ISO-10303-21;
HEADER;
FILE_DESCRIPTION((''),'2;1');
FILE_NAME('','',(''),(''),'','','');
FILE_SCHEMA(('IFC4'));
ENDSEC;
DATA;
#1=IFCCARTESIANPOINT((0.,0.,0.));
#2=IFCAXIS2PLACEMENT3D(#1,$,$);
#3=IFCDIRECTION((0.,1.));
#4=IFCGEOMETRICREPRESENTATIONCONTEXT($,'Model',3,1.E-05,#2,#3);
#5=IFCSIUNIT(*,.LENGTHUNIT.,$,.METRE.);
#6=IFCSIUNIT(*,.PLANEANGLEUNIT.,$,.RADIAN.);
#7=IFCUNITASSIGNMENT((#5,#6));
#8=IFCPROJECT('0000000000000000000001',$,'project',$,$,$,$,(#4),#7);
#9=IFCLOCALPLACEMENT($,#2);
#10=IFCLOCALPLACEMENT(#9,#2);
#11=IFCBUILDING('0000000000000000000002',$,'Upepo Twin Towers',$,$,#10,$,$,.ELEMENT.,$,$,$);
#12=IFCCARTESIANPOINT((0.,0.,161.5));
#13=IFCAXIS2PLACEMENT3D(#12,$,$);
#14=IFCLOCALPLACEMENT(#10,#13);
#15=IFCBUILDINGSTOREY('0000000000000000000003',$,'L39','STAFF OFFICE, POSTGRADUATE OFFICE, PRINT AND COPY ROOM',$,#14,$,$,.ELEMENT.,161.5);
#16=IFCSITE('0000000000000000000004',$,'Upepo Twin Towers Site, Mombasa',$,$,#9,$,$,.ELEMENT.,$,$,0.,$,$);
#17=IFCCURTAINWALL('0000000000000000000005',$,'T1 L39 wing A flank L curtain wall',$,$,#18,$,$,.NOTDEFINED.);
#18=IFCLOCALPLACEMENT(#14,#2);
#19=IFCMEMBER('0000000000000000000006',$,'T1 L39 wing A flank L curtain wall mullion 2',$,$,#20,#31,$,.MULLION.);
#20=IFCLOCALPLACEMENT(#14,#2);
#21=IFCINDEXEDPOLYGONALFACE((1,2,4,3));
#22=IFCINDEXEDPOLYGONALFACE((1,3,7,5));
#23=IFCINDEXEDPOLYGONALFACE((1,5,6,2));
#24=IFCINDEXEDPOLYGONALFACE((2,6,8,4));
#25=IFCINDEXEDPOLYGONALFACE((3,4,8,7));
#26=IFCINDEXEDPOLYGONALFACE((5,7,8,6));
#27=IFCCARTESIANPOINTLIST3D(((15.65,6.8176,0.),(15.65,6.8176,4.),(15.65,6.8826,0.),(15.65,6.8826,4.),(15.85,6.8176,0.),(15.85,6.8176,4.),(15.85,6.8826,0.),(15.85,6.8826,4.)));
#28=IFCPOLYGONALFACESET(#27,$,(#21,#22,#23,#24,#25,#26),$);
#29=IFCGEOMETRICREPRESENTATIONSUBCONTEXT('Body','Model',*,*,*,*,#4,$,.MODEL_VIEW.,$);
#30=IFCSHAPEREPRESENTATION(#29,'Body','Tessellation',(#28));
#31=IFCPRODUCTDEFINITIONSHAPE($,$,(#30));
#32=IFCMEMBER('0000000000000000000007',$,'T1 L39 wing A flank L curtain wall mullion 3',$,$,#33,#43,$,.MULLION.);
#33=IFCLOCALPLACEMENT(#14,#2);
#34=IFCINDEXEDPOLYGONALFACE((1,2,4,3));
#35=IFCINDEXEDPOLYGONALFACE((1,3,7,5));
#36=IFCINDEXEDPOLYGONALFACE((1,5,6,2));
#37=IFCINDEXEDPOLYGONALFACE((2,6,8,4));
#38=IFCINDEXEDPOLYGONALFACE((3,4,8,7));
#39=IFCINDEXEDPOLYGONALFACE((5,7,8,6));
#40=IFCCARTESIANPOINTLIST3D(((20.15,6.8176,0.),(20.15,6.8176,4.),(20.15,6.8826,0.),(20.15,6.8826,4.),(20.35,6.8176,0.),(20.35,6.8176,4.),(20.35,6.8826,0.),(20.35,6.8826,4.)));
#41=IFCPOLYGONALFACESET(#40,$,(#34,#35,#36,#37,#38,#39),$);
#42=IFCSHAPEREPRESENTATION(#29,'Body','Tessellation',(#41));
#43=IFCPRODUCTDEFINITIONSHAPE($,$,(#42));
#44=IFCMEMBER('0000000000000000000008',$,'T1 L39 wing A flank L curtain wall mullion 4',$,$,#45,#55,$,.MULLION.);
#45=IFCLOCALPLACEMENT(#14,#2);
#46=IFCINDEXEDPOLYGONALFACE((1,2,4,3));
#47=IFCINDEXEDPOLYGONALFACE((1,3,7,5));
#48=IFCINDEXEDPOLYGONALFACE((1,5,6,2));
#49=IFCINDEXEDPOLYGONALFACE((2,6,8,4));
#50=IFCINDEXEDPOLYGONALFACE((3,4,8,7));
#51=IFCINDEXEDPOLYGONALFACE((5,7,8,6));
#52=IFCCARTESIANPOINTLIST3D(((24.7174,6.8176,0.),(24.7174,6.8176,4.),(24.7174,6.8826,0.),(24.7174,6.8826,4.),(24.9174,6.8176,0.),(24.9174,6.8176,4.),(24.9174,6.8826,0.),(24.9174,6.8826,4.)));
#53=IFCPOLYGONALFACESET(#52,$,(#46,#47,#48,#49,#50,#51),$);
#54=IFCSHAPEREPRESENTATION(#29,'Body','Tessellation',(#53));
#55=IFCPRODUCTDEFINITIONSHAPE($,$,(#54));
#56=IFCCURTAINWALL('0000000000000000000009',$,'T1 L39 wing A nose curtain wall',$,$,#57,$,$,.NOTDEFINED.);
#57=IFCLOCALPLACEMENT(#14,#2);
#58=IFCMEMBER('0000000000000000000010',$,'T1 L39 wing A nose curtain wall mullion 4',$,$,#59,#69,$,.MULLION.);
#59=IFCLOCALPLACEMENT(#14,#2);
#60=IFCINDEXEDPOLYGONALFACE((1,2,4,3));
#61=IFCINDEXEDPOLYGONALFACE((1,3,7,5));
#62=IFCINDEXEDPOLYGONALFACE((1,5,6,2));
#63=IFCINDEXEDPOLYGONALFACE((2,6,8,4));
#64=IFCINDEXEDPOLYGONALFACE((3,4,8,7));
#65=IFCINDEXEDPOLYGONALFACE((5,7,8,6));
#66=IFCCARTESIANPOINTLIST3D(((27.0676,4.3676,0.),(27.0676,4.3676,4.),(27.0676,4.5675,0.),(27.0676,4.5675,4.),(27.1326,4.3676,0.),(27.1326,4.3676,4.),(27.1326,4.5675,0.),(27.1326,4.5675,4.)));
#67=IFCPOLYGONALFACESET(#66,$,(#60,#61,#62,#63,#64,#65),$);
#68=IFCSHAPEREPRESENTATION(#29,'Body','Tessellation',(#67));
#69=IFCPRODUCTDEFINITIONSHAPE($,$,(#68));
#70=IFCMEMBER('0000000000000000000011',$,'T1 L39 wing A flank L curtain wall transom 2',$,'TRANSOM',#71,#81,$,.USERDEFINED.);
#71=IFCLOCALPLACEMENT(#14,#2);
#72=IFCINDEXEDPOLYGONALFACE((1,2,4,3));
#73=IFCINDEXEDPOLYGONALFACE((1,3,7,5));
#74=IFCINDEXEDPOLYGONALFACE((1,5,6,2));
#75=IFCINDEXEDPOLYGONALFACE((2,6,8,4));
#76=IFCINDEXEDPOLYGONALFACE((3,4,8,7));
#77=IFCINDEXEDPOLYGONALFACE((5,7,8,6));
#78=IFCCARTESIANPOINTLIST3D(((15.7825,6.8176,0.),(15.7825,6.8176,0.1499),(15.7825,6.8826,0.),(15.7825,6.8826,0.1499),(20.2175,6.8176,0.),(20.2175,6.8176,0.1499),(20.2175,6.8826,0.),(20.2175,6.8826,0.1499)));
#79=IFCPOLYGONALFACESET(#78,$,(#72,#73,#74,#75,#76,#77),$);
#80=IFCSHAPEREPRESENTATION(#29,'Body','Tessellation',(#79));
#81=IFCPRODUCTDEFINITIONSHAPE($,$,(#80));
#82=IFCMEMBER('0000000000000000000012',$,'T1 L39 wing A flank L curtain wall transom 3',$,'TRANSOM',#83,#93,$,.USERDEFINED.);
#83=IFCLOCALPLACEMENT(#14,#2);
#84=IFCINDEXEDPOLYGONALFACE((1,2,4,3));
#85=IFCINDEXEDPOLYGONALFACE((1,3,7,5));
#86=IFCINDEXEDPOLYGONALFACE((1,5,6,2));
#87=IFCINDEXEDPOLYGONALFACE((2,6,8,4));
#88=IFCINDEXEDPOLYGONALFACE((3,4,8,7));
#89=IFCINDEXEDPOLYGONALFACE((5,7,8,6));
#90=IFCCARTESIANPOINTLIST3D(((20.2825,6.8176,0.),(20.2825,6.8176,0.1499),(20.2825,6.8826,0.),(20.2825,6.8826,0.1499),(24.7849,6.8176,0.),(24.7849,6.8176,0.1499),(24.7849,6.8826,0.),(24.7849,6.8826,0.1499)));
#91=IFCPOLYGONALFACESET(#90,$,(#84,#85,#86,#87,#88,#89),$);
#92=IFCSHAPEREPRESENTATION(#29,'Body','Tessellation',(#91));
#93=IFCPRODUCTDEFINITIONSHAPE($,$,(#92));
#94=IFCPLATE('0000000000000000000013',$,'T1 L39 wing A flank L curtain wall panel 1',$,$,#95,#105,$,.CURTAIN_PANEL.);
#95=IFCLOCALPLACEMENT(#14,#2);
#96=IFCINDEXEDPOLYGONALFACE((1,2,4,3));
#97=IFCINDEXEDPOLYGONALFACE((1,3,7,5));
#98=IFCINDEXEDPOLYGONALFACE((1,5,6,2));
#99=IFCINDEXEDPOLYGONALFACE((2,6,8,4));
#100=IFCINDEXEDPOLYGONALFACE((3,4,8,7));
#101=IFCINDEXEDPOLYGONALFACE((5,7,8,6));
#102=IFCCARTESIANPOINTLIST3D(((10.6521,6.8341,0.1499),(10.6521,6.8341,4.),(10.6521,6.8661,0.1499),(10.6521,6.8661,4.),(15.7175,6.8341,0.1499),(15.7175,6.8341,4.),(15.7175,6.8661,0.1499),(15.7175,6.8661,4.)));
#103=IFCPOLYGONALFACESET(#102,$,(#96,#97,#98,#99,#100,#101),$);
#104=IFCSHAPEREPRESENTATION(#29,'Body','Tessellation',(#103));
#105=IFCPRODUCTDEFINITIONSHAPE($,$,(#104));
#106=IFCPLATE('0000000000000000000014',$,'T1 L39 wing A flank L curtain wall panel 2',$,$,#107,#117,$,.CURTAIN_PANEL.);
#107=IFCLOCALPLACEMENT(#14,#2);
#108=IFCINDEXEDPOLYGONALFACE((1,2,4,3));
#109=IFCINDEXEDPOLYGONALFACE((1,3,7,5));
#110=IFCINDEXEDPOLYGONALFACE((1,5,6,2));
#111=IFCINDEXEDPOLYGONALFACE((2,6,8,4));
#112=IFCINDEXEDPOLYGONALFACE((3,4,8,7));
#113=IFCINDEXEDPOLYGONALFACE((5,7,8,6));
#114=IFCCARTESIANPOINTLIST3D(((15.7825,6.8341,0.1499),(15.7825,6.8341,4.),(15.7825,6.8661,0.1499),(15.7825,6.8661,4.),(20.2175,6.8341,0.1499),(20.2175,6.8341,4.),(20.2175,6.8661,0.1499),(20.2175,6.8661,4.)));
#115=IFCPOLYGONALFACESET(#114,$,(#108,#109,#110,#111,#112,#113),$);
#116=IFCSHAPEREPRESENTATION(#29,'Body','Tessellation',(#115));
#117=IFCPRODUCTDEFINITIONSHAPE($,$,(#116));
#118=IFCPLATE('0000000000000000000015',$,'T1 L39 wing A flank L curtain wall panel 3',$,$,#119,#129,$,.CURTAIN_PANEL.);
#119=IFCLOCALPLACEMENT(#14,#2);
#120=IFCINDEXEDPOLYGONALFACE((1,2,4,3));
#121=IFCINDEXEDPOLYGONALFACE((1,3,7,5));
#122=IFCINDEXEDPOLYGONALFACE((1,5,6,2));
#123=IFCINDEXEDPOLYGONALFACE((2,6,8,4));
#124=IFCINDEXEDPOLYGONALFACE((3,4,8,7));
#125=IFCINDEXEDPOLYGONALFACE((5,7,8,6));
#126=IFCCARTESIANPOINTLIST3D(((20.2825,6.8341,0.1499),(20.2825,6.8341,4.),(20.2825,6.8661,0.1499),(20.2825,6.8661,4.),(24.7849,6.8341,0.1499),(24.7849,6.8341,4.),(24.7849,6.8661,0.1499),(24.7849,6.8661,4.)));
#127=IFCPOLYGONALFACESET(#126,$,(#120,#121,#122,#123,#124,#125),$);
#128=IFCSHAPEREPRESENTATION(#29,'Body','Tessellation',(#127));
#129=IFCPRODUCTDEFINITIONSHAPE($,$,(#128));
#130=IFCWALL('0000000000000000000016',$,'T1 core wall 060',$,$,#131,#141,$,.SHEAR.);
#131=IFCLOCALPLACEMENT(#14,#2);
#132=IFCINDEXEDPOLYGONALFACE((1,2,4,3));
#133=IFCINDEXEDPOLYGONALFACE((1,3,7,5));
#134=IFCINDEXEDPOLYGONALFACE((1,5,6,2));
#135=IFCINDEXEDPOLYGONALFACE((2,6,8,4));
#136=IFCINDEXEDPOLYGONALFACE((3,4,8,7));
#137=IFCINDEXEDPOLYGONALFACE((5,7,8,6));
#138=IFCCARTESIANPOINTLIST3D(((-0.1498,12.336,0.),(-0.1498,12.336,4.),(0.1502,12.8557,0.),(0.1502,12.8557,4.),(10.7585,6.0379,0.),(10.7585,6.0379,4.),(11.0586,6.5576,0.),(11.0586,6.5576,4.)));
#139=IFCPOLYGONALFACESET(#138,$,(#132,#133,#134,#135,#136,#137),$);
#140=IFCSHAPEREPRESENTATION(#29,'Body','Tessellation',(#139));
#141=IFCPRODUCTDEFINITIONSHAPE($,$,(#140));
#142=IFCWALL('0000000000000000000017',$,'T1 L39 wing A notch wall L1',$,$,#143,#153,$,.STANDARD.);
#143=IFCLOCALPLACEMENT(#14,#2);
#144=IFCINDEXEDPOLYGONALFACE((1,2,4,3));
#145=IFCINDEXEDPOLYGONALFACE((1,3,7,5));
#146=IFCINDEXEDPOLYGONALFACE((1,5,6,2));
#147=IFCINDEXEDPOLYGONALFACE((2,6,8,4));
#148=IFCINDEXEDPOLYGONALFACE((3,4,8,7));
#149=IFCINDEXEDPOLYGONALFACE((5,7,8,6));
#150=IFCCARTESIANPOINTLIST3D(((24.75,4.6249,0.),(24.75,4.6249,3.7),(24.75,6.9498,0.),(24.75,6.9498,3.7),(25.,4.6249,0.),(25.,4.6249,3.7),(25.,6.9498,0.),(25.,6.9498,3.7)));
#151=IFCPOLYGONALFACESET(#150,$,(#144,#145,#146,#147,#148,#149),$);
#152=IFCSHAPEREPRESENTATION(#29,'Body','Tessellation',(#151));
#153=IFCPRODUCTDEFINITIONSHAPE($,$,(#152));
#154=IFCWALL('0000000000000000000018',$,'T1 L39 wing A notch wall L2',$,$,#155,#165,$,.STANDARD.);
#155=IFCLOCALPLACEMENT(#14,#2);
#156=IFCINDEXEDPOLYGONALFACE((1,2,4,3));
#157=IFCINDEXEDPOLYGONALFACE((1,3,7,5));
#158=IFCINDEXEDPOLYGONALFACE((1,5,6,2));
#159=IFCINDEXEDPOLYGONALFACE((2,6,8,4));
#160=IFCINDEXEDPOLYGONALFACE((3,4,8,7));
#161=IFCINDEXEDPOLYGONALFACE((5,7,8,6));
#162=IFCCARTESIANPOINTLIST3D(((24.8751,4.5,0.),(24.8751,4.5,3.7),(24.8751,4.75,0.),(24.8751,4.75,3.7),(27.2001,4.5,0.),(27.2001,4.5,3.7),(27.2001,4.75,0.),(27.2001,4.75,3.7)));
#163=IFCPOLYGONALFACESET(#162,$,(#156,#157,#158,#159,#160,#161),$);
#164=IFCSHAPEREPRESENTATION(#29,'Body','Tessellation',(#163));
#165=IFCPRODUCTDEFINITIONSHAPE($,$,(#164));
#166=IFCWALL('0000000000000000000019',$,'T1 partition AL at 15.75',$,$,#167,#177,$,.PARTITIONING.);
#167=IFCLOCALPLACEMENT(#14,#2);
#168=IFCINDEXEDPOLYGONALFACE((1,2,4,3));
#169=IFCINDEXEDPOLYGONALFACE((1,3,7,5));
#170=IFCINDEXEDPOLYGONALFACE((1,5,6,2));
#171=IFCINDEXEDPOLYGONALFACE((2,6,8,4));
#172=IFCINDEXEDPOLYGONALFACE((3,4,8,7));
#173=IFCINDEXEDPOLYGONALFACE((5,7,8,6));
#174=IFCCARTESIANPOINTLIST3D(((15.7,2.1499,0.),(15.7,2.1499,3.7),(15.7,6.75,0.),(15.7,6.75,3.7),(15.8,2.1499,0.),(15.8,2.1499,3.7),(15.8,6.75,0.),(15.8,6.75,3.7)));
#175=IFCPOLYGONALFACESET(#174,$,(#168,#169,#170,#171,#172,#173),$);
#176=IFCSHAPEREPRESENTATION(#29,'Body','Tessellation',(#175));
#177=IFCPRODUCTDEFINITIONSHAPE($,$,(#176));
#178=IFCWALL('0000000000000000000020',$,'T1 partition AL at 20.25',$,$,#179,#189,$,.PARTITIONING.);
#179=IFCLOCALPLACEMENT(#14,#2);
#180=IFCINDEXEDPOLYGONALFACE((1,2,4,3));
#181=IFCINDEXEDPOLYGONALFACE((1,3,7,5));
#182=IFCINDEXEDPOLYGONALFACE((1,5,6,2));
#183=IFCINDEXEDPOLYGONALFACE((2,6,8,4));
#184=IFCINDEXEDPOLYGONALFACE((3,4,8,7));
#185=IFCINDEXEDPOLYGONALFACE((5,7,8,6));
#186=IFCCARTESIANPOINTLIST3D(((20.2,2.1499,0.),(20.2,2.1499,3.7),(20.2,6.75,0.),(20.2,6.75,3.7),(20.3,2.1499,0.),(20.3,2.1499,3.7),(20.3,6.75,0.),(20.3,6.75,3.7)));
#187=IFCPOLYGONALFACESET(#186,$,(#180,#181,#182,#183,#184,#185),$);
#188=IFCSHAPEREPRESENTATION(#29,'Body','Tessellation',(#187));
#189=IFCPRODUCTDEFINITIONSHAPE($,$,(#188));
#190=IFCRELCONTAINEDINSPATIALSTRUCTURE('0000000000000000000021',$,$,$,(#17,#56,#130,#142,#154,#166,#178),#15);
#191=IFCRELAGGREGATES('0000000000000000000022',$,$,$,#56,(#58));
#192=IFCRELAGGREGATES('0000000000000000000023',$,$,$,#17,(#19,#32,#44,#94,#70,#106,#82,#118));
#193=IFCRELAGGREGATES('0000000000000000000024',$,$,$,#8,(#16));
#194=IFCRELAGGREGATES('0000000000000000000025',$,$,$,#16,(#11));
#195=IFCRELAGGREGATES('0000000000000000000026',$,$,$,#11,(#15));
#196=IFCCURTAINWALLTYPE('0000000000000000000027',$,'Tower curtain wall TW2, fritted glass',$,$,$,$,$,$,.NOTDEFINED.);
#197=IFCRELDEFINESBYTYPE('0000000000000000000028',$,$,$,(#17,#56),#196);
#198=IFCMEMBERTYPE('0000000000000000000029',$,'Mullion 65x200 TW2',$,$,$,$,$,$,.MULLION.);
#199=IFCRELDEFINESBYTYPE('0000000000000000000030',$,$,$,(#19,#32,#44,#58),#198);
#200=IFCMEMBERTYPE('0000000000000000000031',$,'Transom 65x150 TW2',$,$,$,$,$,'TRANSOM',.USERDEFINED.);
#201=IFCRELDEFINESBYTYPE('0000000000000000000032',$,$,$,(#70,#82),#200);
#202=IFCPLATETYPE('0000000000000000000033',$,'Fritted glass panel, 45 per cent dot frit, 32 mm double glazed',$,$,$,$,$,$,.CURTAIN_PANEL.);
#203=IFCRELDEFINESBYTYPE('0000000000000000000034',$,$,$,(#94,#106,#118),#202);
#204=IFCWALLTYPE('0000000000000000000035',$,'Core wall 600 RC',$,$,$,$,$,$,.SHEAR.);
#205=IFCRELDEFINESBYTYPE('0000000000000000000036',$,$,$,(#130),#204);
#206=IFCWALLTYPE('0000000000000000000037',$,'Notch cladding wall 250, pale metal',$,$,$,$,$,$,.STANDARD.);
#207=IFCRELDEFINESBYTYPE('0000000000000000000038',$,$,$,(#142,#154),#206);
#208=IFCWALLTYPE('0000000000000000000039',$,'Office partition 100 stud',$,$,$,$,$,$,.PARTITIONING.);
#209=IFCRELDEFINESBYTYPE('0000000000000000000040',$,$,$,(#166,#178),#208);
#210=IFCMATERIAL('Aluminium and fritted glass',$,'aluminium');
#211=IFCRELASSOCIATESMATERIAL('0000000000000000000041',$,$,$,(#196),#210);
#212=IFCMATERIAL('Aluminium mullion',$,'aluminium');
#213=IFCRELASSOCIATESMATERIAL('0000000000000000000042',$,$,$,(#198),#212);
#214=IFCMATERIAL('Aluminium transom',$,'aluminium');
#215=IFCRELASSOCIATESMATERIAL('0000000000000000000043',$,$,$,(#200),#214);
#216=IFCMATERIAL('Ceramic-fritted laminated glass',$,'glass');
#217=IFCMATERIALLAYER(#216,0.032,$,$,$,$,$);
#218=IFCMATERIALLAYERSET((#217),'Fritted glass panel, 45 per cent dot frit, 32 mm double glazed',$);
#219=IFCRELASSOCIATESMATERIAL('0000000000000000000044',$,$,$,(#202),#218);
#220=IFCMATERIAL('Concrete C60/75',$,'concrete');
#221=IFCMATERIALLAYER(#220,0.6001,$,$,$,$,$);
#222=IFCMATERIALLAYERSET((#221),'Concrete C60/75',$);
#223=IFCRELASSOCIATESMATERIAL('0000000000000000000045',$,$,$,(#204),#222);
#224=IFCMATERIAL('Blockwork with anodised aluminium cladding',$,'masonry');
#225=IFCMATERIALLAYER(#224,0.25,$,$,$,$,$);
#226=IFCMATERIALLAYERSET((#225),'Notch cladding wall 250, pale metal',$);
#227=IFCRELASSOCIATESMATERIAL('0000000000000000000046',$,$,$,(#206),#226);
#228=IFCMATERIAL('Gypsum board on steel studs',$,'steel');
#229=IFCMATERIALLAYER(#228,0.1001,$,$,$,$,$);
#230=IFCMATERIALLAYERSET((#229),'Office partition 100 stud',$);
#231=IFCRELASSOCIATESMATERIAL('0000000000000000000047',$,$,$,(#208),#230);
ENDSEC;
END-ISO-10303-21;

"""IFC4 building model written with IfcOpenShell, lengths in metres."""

from ifc_helpers import new_model, si_unit, direction, frame, frame_2d, origin, origin_2d, place, context, subcontext, project, spatial, rectangle, extrude, material, layer, layer_set, material_profile, profile_set, type_object, element, aggregate, save


model = new_model("IFC4")

# Units and contexts
model_context = context("Model", 3, precision=1e-05, world=origin(), true_north=direction((0.0, 1.0)))
body_context = subcontext(model_context, "Body", "Model", "MODEL_VIEW")
ifc_project = project(units=[si_unit("LENGTHUNIT", "METRE"), si_unit("PLANEANGLEUNIT", "RADIAN")], contexts=[model_context])

# Site, building, storey
site_placement = place(None, origin())
site = spatial("IfcSite", under=ifc_project, at=site_placement, Name="Upepo Twin Towers Site, Mombasa", CompositionType="ELEMENT", RefElevation=0.0)
building_placement = place(site_placement, origin())
building = spatial("IfcBuilding", under=site, at=building_placement, Name="Upepo Twin Towers", CompositionType="ELEMENT")
storey_placement = place(building_placement, frame((0.0, 0.0, 161.5)))
storey = spatial("IfcBuildingStorey", under=building, at=storey_placement, Name="L39", Description="STAFF OFFICE, POSTGRADUATE OFFICE, PRINT AND COPY ROOM", CompositionType="ELEMENT", Elevation=161.5)

# Curtain wall, members
ifc_material_1 = material(Name="Aluminium and fritted glass", Category="aluminium")
curtain_wall_type = type_object("IfcCurtainWallType", Name="Tower curtain wall TW2, fritted glass", PredefinedType="NOTDEFINED", material=ifc_material_1)
curtain_wall_1_placement = place(storey_placement, origin())
curtain_wall_1 = element("IfcCurtainWall", 1, at=curtain_wall_1_placement, inside=storey, type_object=curtain_wall_type, Name="T1 L39 wing A flank L curtain wall", PredefinedType="NOTDEFINED")
ifc_material_2 = material(Name="Aluminium mullion", Category="aluminium")
ifc_material_profile_1 = material_profile(ifc_material_2, rectangle(XDim=0.0649, YDim=0.2, at=origin_2d()), Name="MULLION 65x200")
ifc_profile_set_1 = profile_set([ifc_material_profile_1], Name="Aluminium mullion")
member_type_1 = type_object("IfcMemberType", Name="Mullion 65x200 TW2", PredefinedType="MULLION", material=ifc_profile_set_1)
member_1_placement = place(storey_placement, frame((15.75, 6.8501, 0.0), z_axis=(0.0, 0.0, 1.0), x_axis=(0.0, 1.0, 0.0)))
member_1 = element("IfcMember", 2, at=member_1_placement, type_object=member_type_1, Name="T1 L39 wing A flank L curtain wall mullion 2", PredefinedType="MULLION", context=body_context, shape_type="SweptSolid", body=[
    extrude(rectangle(XDim=0.0649, YDim=0.2, at=origin_2d()), origin(), (0.0, 0.0, 1.0), 4.0),
])
member_2_placement = place(storey_placement, frame((20.25, 6.8501, 0.0), z_axis=(0.0, 0.0, 1.0), x_axis=(0.0, 1.0, 0.0)))
member_2 = element("IfcMember", 3, at=member_2_placement, type_object=member_type_1, Name="T1 L39 wing A flank L curtain wall mullion 3", PredefinedType="MULLION", context=body_context, shape_type="SweptSolid", body=[
    extrude(rectangle(XDim=0.0649, YDim=0.2, at=origin_2d()), origin(), (0.0, 0.0, 1.0), 4.0),
])
member_3_placement = place(storey_placement, frame((24.8174, 6.8501, 0.0), z_axis=(0.0, 0.0, 1.0), x_axis=(0.0, 1.0, 0.0)))
member_3 = element("IfcMember", 4, at=member_3_placement, type_object=member_type_1, Name="T1 L39 wing A flank L curtain wall mullion 4", PredefinedType="MULLION", context=body_context, shape_type="SweptSolid", body=[
    extrude(rectangle(XDim=0.0649, YDim=0.2, at=origin_2d()), origin(), (0.0, 0.0, 1.0), 4.0),
])

# Curtain wall, member
curtain_wall_2_placement = place(storey_placement, origin())
curtain_wall_2 = element("IfcCurtainWall", 5, at=curtain_wall_2_placement, inside=storey, type_object=curtain_wall_type, Name="T1 L39 wing A nose curtain wall", PredefinedType="NOTDEFINED")
member_4_placement = place(storey_placement, frame((27.1001, 4.4675, 0.0), z_axis=(0.0, 0.0, 1.0), x_axis=(-1.0, 0.0, 0.0)))
member_4 = element("IfcMember", 6, at=member_4_placement, type_object=member_type_1, Name="T1 L39 wing A nose curtain wall mullion 4", PredefinedType="MULLION", context=body_context, shape_type="SweptSolid", body=[
    extrude(rectangle(XDim=0.0649, YDim=0.2, at=origin_2d()), origin(), (0.0, 0.0, 1.0), 4.0),
])
aggregate(curtain_wall_2, [member_4])

# Members
ifc_material_3 = material(Name="Aluminium transom", Category="aluminium")
ifc_material_profile_2 = material_profile(ifc_material_3, rectangle(XDim=0.0649, YDim=0.1499, at=origin_2d()), Name="TRANSOM 65x150")
ifc_profile_set_2 = profile_set([ifc_material_profile_2], Name="Aluminium transom")
member_type_2 = type_object("IfcMemberType", Name="Transom 65x150 TW2", ElementType="TRANSOM", PredefinedType="USERDEFINED", material=ifc_profile_set_2)
member_5_placement = place(storey_placement, frame((15.7825, 6.8501, 0.075), z_axis=(1.0, 0.0, 0.0), x_axis=(0.0, 1.0, 0.0)))
member_5 = element("IfcMember", 7, at=member_5_placement, type_object=member_type_2, Name="T1 L39 wing A flank L curtain wall transom 2", ObjectType="TRANSOM", PredefinedType="USERDEFINED", context=body_context, shape_type="SweptSolid", body=[
    extrude(rectangle(XDim=0.0649, YDim=0.1499, at=origin_2d()), origin(), (0.0, 0.0, 1.0), 4.4351),
])
member_6_placement = place(storey_placement, frame((20.2825, 6.8501, 0.075), z_axis=(1.0, 0.0, 0.0), x_axis=(0.0, 1.0, 0.0)))
member_6 = element("IfcMember", 8, at=member_6_placement, type_object=member_type_2, Name="T1 L39 wing A flank L curtain wall transom 3", ObjectType="TRANSOM", PredefinedType="USERDEFINED", context=body_context, shape_type="SweptSolid", body=[
    extrude(rectangle(XDim=0.0649, YDim=0.1499, at=origin_2d()), origin(), (0.0, 0.0, 1.0), 4.5024),
])

# Plates
ifc_material_4 = material(Name="Ceramic-fritted laminated glass", Category="glass")
ifc_layer_1 = layer(ifc_material_4, 0.032)
ifc_layer_set_1 = layer_set([ifc_layer_1], Name="Fritted glass panel, 45 per cent dot frit, 32 mm double glazed")
plate_type = type_object("IfcPlateType", Name="Fritted glass panel, 45 per cent dot frit, 32 mm double glazed", PredefinedType="CURTAIN_PANEL", material=ifc_layer_set_1)
plate_1_placement = place(storey_placement, frame((13.1848, 6.8501, 0.1499), z_axis=(0.0, 0.0, 1.0), x_axis=(1.0, 0.0, 0.0)))
plate_1 = element("IfcPlate", 9, at=plate_1_placement, type_object=plate_type, Name="T1 L39 wing A flank L curtain wall panel 1", PredefinedType="CURTAIN_PANEL", context=body_context, shape_type="SweptSolid", body=[
    extrude(rectangle(XDim=5.0654, YDim=0.032, at=origin_2d()), origin(), (0.0, 0.0, 1.0), 3.8501),
])
plate_2_placement = place(storey_placement, frame((18.0, 6.8501, 0.1499), z_axis=(0.0, 0.0, 1.0), x_axis=(1.0, 0.0, 0.0)))
plate_2 = element("IfcPlate", 10, at=plate_2_placement, type_object=plate_type, Name="T1 L39 wing A flank L curtain wall panel 2", PredefinedType="CURTAIN_PANEL", context=body_context, shape_type="SweptSolid", body=[
    extrude(rectangle(XDim=4.4351, YDim=0.032, at=origin_2d()), origin(), (0.0, 0.0, 1.0), 3.8501),
])
plate_3_placement = place(storey_placement, frame((22.5337, 6.8501, 0.1499), z_axis=(0.0, 0.0, 1.0), x_axis=(1.0, 0.0, 0.0)))
plate_3 = element("IfcPlate", 11, at=plate_3_placement, type_object=plate_type, Name="T1 L39 wing A flank L curtain wall panel 3", PredefinedType="CURTAIN_PANEL", context=body_context, shape_type="SweptSolid", body=[
    extrude(rectangle(XDim=4.5024, YDim=0.032, at=origin_2d()), origin(), (0.0, 0.0, 1.0), 3.8501),
])
aggregate(curtain_wall_1, [member_1, member_2, member_3, plate_1, member_5, plate_2, member_6, plate_3])

# Walls
ifc_material_5 = material(Name="Concrete C60/75", Category="concrete")
ifc_layer_2 = layer(ifc_material_5, 0.6001)
ifc_layer_set_2 = layer_set([ifc_layer_2], Name="Concrete C60/75")
wall_type_1 = type_object("IfcWallType", Name="Core wall 600 RC", PredefinedType="SHEAR", material=ifc_layer_set_2)
wall_1_placement = place(storey_placement, frame((10.9084, 6.2979, 0.0), z_axis=(0.0, 0.0, 1.0), x_axis=(-0.866022, 0.500006, 0.0)))
element("IfcWall", 12, at=wall_1_placement, inside=storey, type_object=wall_type_1, Name="T1 core wall 060", PredefinedType="SHEAR", context=body_context, shape_type="SweptSolid", body=[
    extrude(rectangle(XDim=12.5959, YDim=0.6001, at=frame_2d((6.2979, 0.0))), origin(), (0.0, 0.0, 1.0), 4.0),
])
ifc_material_6 = material(Name="Blockwork with anodised aluminium cladding", Category="masonry")
ifc_layer_3 = layer(ifc_material_6, 0.25)
ifc_layer_set_3 = layer_set([ifc_layer_3], Name="Notch cladding wall 250, pale metal")
wall_type_2 = type_object("IfcWallType", Name="Notch cladding wall 250, pale metal", PredefinedType="STANDARD", material=ifc_layer_set_3)
for number, where, z_axis, x_axis, name in (
    (13, (24.875, 6.95, 0.0), (0.0, 0.0, 1.0), (0.0, -1.0, 0.0), "T1 L39 wing A notch wall L1"),
    (14, (24.875, 4.625, 0.0), (0.0, 0.0, 1.0), (1.0, 0.0, 0.0), "T1 L39 wing A notch wall L2"),
):
    element("IfcWall", number, at=place(storey_placement, frame(where, z_axis=z_axis, x_axis=x_axis)), inside=storey, type_object=wall_type_2, Name=name, PredefinedType="STANDARD", context=body_context, shape_type="SweptSolid", body=[
        extrude(rectangle(XDim=2.325, YDim=0.25, at=frame_2d((1.1626, 0.0))), origin(), (0.0, 0.0, 1.0), 3.7),
    ])
ifc_material_7 = material(Name="Gypsum board on steel studs", Category="steel")
ifc_layer_4 = layer(ifc_material_7, 0.1001)
ifc_layer_set_4 = layer_set([ifc_layer_4], Name="Office partition 100 stud")
wall_type_3 = type_object("IfcWallType", Name="Office partition 100 stud", PredefinedType="PARTITIONING", material=ifc_layer_set_4)
for number, where, z_axis, x_axis, name in (
    (15, (15.75, 2.1499, 0.0), (0.0, 0.0, 1.0), (0.0, 1.0, 0.0), "T1 partition AL at 15.75"),
    (16, (20.25, 2.1499, 0.0), (0.0, 0.0, 1.0), (0.0, 1.0, 0.0), "T1 partition AL at 20.25"),
):
    element("IfcWall", number, at=place(storey_placement, frame(where, z_axis=z_axis, x_axis=x_axis)), inside=storey, type_object=wall_type_3, Name=name, PredefinedType="PARTITIONING", context=body_context, shape_type="SweptSolid", body=[
        extrude(rectangle(XDim=4.6001, YDim=0.1001, at=frame_2d((2.3, 0.0))), origin(), (0.0, 0.0, 1.0), 3.7),
    ])

save(model, "model.ifc")
